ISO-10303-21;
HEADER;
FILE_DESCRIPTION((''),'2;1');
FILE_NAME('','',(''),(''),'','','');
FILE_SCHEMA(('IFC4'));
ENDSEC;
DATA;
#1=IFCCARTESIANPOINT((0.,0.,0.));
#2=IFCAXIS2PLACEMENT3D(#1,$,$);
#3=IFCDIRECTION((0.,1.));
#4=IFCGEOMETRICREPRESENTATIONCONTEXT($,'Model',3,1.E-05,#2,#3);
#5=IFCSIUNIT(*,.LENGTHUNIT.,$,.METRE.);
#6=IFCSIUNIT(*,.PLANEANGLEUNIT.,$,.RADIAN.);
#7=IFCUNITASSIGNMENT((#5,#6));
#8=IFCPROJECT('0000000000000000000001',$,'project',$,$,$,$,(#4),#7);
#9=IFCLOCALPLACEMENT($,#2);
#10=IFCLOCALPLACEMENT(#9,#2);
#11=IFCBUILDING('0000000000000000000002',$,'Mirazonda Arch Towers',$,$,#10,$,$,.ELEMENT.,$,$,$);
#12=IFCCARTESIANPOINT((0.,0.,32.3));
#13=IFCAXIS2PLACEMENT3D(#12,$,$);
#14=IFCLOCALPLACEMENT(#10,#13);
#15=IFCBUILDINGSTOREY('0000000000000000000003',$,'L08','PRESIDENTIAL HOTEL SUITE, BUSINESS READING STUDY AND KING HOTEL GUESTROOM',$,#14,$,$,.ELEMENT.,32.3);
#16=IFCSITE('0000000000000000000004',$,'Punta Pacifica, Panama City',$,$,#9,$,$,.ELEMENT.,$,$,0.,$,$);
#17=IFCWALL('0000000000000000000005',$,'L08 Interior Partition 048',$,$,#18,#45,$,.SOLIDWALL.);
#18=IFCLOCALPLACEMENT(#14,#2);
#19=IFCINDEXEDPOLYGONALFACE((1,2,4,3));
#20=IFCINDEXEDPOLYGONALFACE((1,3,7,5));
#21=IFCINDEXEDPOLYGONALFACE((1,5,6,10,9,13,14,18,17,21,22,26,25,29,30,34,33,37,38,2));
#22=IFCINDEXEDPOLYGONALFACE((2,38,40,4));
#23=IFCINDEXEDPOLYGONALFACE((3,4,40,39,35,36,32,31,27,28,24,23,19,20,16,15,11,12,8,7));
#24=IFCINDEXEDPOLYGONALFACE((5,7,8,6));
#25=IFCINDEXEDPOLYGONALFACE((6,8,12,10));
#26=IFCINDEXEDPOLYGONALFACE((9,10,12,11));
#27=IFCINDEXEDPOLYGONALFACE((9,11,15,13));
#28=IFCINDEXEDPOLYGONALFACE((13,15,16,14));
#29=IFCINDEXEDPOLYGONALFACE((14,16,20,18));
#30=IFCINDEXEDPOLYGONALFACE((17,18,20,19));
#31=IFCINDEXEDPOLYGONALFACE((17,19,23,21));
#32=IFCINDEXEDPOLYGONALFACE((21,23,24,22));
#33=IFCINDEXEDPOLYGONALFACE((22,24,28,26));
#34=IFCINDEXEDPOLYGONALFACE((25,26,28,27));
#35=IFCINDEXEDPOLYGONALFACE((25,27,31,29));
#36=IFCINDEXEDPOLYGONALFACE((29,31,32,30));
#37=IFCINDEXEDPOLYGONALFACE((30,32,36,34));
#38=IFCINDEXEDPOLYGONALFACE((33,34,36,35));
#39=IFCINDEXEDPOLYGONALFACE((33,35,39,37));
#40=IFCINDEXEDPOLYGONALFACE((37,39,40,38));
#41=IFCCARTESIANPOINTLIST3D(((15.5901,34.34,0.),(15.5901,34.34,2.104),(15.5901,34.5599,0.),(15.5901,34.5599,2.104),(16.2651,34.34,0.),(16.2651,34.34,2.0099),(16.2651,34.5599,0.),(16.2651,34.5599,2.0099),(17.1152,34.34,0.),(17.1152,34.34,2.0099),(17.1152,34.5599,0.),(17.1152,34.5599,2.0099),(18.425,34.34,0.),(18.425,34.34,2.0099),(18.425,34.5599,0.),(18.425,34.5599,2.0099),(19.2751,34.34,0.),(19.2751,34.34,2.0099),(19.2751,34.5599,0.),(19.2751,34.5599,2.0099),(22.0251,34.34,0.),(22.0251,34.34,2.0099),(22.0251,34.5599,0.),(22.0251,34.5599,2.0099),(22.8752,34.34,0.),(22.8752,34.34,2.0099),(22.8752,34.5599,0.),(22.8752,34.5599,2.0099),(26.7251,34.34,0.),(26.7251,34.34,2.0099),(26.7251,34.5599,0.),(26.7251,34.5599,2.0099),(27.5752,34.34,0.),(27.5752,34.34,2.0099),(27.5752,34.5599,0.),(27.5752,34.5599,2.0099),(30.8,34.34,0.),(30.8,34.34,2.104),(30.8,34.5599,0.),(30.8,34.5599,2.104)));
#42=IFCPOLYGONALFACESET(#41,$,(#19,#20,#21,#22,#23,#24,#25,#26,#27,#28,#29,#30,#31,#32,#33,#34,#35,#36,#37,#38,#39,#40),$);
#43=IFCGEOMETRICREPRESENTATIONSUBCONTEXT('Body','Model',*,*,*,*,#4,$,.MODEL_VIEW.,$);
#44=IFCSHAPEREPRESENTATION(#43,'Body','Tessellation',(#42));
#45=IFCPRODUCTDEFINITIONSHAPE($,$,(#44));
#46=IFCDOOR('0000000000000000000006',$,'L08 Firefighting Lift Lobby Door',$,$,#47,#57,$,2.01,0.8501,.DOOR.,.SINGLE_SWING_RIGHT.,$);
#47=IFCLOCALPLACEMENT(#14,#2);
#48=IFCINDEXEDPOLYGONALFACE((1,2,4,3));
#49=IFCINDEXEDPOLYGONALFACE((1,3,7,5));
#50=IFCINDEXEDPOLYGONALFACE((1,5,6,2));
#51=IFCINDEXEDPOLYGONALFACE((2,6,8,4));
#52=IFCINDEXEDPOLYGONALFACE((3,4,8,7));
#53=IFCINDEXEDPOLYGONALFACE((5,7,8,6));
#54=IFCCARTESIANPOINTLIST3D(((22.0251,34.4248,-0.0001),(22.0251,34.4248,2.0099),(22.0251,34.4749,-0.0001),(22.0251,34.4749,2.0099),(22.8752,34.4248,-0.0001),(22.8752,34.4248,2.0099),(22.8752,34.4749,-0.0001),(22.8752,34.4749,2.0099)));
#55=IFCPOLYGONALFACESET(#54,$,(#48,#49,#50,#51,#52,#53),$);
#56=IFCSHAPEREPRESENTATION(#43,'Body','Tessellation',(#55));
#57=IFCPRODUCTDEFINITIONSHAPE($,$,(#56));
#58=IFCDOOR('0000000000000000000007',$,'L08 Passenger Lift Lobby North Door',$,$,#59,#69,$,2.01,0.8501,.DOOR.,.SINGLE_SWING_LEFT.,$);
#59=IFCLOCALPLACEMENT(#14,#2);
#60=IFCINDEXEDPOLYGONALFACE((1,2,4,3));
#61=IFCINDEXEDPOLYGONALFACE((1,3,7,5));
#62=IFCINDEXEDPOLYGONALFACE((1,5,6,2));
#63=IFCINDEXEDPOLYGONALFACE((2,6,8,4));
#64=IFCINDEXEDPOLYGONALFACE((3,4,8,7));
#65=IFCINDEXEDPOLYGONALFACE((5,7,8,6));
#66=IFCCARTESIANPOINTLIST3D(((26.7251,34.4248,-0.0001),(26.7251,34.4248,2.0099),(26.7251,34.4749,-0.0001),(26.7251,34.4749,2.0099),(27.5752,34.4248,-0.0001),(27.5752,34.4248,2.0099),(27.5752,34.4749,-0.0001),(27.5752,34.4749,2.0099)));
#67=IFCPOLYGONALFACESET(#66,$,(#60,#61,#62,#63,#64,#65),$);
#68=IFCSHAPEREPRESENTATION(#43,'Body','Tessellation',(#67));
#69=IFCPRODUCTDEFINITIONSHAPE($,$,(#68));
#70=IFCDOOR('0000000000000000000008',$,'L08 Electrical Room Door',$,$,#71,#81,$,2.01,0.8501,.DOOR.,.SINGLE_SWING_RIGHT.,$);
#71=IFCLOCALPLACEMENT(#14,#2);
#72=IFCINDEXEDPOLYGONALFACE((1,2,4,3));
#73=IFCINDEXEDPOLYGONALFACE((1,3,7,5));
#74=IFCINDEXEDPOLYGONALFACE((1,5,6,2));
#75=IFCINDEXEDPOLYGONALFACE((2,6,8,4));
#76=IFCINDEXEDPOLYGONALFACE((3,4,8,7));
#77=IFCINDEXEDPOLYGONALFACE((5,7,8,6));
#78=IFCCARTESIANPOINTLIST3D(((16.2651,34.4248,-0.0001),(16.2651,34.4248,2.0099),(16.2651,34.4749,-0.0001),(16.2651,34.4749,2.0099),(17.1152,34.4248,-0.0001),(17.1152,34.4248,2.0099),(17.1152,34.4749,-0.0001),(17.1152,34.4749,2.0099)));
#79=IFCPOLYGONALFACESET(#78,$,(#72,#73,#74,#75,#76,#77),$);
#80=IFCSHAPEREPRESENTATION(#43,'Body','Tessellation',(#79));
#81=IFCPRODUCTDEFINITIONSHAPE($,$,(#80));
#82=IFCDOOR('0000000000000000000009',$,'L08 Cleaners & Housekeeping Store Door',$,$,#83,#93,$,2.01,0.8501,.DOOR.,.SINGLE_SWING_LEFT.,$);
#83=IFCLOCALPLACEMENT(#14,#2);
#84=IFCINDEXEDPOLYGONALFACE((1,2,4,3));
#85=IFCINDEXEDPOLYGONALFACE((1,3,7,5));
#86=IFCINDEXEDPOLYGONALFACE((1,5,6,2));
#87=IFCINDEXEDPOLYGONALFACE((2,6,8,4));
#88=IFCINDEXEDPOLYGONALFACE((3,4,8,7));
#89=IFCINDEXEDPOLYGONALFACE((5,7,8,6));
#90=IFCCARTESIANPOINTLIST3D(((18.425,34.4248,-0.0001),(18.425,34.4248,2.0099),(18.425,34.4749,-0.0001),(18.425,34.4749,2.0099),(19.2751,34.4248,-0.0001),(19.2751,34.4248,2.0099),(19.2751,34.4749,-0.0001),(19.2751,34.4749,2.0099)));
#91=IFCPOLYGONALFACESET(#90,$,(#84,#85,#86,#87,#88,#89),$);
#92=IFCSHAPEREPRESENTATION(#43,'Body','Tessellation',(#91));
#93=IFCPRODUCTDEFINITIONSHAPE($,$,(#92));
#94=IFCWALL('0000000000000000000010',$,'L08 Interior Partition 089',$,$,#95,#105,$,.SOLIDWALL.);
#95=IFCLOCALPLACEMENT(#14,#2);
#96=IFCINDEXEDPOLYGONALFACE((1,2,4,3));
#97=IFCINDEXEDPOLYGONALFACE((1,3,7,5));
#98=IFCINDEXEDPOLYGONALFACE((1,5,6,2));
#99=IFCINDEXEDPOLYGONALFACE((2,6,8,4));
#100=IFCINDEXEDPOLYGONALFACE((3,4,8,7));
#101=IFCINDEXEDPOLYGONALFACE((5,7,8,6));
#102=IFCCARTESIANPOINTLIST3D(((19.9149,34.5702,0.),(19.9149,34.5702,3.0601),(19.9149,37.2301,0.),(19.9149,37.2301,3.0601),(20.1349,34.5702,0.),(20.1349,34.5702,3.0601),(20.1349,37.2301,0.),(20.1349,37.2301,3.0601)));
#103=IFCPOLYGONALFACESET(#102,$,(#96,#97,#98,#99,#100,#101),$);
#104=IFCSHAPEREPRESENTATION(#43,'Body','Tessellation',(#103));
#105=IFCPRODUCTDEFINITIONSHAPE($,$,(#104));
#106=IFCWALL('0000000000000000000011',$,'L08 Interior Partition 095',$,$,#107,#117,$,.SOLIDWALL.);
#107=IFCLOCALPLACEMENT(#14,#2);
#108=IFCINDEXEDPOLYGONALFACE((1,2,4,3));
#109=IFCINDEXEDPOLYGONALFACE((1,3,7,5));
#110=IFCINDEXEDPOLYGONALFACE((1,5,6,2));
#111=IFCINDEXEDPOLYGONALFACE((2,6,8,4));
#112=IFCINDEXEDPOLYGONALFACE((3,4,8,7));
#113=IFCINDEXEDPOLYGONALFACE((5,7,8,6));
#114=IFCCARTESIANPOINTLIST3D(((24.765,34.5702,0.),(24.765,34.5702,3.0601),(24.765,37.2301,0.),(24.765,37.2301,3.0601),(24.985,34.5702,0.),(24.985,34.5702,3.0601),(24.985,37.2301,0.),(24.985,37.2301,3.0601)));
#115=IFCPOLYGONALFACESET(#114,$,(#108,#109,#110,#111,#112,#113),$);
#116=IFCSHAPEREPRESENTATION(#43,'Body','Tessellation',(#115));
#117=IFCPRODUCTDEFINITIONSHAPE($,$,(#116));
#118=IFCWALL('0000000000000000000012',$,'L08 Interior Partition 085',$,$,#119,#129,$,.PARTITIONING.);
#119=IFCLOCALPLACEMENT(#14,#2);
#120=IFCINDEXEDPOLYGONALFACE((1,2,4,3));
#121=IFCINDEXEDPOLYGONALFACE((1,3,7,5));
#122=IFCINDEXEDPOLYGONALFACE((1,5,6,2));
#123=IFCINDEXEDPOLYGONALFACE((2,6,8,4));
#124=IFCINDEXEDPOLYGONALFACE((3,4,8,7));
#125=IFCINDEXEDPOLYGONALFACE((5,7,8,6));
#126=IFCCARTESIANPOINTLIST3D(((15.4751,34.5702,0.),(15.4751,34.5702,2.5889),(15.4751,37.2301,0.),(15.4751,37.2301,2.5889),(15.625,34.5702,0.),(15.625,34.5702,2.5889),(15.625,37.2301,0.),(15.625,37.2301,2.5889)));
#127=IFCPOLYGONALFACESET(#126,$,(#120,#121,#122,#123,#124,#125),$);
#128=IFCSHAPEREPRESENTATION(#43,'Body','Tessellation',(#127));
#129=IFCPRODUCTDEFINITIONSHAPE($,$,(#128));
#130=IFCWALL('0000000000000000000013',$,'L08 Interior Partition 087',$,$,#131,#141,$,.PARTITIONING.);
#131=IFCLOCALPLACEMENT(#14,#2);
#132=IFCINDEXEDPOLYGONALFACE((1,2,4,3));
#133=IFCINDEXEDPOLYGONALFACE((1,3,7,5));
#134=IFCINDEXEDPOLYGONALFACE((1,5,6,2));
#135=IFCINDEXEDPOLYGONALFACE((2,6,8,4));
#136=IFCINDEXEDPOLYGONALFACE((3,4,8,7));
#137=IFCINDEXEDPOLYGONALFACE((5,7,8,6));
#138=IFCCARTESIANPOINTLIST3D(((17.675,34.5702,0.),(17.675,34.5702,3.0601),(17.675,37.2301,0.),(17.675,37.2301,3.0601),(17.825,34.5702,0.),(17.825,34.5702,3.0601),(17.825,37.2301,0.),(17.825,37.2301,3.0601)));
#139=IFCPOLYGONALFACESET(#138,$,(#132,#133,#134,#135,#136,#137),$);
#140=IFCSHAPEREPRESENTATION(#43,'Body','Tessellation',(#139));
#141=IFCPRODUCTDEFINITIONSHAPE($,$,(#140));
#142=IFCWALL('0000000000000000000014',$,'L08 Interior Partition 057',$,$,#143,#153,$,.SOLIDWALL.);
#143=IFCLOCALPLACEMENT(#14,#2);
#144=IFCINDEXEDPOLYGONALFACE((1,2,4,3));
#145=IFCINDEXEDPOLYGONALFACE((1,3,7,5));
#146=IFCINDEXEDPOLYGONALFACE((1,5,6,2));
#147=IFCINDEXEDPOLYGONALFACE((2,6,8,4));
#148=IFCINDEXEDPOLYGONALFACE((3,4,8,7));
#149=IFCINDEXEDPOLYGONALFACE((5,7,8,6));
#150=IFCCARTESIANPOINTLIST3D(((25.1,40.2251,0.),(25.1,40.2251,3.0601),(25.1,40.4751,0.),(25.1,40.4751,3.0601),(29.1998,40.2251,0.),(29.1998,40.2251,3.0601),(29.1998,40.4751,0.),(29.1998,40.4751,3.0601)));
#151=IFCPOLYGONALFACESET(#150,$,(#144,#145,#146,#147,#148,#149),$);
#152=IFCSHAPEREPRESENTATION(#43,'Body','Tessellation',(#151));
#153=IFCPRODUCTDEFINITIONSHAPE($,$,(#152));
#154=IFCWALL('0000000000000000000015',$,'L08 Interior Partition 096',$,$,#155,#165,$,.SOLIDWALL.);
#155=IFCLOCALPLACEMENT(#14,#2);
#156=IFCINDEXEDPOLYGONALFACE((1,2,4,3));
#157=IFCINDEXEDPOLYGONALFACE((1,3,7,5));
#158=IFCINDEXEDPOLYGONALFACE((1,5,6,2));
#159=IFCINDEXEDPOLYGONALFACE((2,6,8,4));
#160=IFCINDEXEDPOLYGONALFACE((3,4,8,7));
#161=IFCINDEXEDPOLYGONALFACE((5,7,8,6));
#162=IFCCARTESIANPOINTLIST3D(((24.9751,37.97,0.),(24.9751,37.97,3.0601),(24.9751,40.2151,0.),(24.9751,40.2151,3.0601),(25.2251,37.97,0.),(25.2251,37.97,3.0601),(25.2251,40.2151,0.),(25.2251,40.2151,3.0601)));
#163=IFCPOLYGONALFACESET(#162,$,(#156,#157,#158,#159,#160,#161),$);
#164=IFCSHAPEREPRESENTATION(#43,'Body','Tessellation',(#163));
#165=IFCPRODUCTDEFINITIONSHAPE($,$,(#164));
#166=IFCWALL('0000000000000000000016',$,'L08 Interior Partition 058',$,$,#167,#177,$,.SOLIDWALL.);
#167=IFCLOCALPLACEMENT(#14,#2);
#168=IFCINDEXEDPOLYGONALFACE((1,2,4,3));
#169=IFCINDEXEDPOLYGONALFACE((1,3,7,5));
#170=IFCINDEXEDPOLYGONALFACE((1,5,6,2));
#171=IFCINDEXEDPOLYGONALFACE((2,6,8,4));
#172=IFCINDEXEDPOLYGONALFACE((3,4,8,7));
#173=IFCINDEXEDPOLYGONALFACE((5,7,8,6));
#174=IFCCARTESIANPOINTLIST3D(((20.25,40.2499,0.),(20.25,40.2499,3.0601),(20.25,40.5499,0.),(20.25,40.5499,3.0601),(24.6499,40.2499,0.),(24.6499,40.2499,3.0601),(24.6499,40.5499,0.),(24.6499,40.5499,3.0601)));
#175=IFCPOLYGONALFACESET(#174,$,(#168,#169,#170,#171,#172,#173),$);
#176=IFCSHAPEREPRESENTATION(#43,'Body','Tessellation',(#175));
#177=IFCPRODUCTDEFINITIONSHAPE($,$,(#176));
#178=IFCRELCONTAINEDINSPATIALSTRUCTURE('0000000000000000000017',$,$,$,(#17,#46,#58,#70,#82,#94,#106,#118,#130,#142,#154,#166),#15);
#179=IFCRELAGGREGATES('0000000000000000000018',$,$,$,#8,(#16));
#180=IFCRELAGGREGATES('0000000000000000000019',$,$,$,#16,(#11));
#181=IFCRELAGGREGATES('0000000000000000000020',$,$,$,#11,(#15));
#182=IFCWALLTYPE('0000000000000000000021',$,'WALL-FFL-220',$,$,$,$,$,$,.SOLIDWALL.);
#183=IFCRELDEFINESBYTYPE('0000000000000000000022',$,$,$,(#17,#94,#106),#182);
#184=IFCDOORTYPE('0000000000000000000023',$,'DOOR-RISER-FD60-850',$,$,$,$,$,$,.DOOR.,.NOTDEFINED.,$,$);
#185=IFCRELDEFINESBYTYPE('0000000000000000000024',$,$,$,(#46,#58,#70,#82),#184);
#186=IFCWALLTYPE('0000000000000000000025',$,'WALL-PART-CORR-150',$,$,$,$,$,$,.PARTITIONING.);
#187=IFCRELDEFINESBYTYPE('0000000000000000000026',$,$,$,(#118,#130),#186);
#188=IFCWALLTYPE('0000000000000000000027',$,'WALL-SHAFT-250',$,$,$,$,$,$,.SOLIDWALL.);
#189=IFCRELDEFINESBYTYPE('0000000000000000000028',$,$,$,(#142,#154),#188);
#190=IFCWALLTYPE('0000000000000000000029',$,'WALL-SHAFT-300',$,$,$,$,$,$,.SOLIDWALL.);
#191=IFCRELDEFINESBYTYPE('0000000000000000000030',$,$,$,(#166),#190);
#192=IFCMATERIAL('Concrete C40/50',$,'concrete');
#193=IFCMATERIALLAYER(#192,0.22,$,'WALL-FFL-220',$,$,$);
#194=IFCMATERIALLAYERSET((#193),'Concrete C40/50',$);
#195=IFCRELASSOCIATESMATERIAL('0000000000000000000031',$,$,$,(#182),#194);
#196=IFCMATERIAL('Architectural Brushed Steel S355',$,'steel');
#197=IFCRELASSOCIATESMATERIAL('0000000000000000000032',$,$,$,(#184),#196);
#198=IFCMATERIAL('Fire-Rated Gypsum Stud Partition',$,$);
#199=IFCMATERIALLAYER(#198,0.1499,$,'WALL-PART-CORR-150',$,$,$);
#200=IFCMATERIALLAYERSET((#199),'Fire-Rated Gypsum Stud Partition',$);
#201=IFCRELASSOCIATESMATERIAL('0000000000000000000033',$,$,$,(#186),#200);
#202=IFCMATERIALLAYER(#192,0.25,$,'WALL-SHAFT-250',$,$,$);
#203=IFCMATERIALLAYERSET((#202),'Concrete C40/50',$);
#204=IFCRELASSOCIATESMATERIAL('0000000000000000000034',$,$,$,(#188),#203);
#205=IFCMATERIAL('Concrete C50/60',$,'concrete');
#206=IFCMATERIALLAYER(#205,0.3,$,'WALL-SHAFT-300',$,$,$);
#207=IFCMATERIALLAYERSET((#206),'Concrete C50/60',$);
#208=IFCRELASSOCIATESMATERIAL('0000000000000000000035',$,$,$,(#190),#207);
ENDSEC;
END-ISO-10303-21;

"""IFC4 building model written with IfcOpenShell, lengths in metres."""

from ifc_helpers import new_model, si_unit, direction, frame, frame_2d, origin, place, context, subcontext, project, spatial, rectangle, extrude, material, layer, layer_set, type_object, element, fill, save


model = new_model("IFC4")

# Units and contexts
model_context = context("Model", 3, precision=1e-05, world=origin(), true_north=direction((0.0, 1.0)))
body_context = subcontext(model_context, "Body", "Model", "MODEL_VIEW")
ifc_project = project(units=[si_unit("LENGTHUNIT", "METRE"), si_unit("PLANEANGLEUNIT", "RADIAN")], contexts=[model_context])

# Site, building, storey
site_placement = place(None, origin())
site = spatial("IfcSite", under=ifc_project, at=site_placement, Name="Punta Pacifica, Panama City", CompositionType="ELEMENT", RefElevation=0.0)
building_placement = place(site_placement, origin())
building = spatial("IfcBuilding", under=site, at=building_placement, Name="Mirazonda Arch Towers", CompositionType="ELEMENT")
storey_placement = place(building_placement, frame((0.0, 0.0, 32.3)))
storey = spatial("IfcBuildingStorey", under=building, at=storey_placement, Name="L08", Description="PRESIDENTIAL HOTEL SUITE, BUSINESS READING STUDY AND KING HOTEL GUESTROOM", CompositionType="ELEMENT", Elevation=32.3)

# Wall, openings, doors
ifc_material_1 = material(Name="Concrete C40/50", Category="concrete")
ifc_layer_1 = layer(ifc_material_1, 0.22, Name="WALL-FFL-220")
ifc_layer_set_1 = layer_set([ifc_layer_1], Name="Concrete C40/50")
wall_type_1 = type_object("IfcWallType", Name="WALL-FFL-220", PredefinedType="SOLIDWALL", material=ifc_layer_set_1)
wall_1_placement = place(storey_placement, frame((15.5901, 34.45, 0.0), z_axis=(0.0, 0.0, 1.0), x_axis=(1.0, 0.0, 0.0)))
wall_1 = element("IfcWall", 1, at=wall_1_placement, inside=storey, type_object=wall_type_1, Name="L08 Interior Partition 048", PredefinedType="SOLIDWALL", context=body_context, shape_type="SweptSolid", body=[
    extrude(rectangle(XDim=15.21, YDim=0.22, at=frame_2d((7.605, 0.0))), origin(), (0.0, 0.0, 1.0), 2.104),
])
opening_1_placement = place(wall_1_placement, frame((6.4351, 0.0, 0.0)))
opening_1 = element("IfcOpeningElement", 2, at=opening_1_placement, cuts=wall_1, PredefinedType="OPENING", context=body_context, shape_type="SweptSolid", body=[
    extrude(rectangle(XDim=0.8501, YDim=2.01, at=frame_2d((0.425, 1.0049))), frame((0.0, 0.1199, 0.0), z_axis=(0.0, -1.0, 0.0), x_axis=(1.0, 0.0, 0.0)), (0.0, 0.0, 1.0), 0.24),
])
opening_2_placement = place(wall_1_placement, frame((11.135, 0.0, 0.0)))
opening_2 = element("IfcOpeningElement", 3, at=opening_2_placement, cuts=wall_1, PredefinedType="OPENING", context=body_context, shape_type="SweptSolid", body=[
    extrude(rectangle(XDim=0.8501, YDim=2.01, at=frame_2d((0.425, 1.0049))), frame((0.0, 0.1199, 0.0), z_axis=(0.0, -1.0, 0.0), x_axis=(1.0, 0.0, 0.0)), (0.0, 0.0, 1.0), 0.24),
])
opening_3_placement = place(wall_1_placement, frame((0.675, 0.0, 0.0)))
opening_3 = element("IfcOpeningElement", 4, at=opening_3_placement, cuts=wall_1, PredefinedType="OPENING", context=body_context, shape_type="SweptSolid", body=[
    extrude(rectangle(XDim=0.8501, YDim=2.01, at=frame_2d((0.425, 1.0049))), frame((0.0, 0.1199, 0.0), z_axis=(0.0, -1.0, 0.0), x_axis=(1.0, 0.0, 0.0)), (0.0, 0.0, 1.0), 0.24),
])
opening_4_placement = place(wall_1_placement, frame((2.835, 0.0, 0.0)))
opening_4 = element("IfcOpeningElement", 5, at=opening_4_placement, cuts=wall_1, PredefinedType="OPENING", context=body_context, shape_type="SweptSolid", body=[
    extrude(rectangle(XDim=0.8501, YDim=2.01, at=frame_2d((0.425, 1.0049))), frame((0.0, 0.1199, 0.0), z_axis=(0.0, -1.0, 0.0), x_axis=(1.0, 0.0, 0.0)), (0.0, 0.0, 1.0), 0.24),
])
ifc_material_2 = material(Name="Architectural Brushed Steel S355", Category="steel")
door_type = type_object("IfcDoorType", Name="DOOR-RISER-FD60-850", OperationType="NOTDEFINED", PredefinedType="DOOR", material=ifc_material_2)
door_1_placement = place(opening_1_placement, origin())
door_1 = element("IfcDoor", 6, at=door_1_placement, inside=storey, type_object=door_type, Name="L08 Firefighting Lift Lobby Door", OperationType="SINGLE_SWING_RIGHT", OverallHeight=2.01, OverallWidth=0.8501, PredefinedType="DOOR", context=body_context, shape_type="SweptSolid", body=[
    extrude(rectangle(XDim=0.8501, YDim=2.01, at=frame_2d((0.425, 1.0049))), frame((0.0, 0.0249, 0.0), z_axis=(0.0, -1.0, 0.0), x_axis=(1.0, 0.0, 0.0)), (0.0, 0.0, 1.0), 0.05),
])
fill(opening_1, door_1)
door_2_placement = place(opening_2_placement, origin())
door_2 = element("IfcDoor", 7, at=door_2_placement, inside=storey, type_object=door_type, Name="L08 Passenger Lift Lobby North Door", OperationType="SINGLE_SWING_LEFT", OverallHeight=2.01, OverallWidth=0.8501, PredefinedType="DOOR", context=body_context, shape_type="SweptSolid", body=[
    extrude(rectangle(XDim=0.8501, YDim=2.01, at=frame_2d((0.425, 1.0049))), frame((0.0, 0.0249, 0.0), z_axis=(0.0, -1.0, 0.0), x_axis=(1.0, 0.0, 0.0)), (0.0, 0.0, 1.0), 0.05),
])
fill(opening_2, door_2)
door_3_placement = place(opening_3_placement, origin())
door_3 = element("IfcDoor", 8, at=door_3_placement, inside=storey, type_object=door_type, Name="L08 Electrical Room Door", OperationType="SINGLE_SWING_RIGHT", OverallHeight=2.01, OverallWidth=0.8501, PredefinedType="DOOR", context=body_context, shape_type="SweptSolid", body=[
    extrude(rectangle(XDim=0.8501, YDim=2.01, at=frame_2d((0.425, 1.0049))), frame((0.0, 0.0249, 0.0), z_axis=(0.0, -1.0, 0.0), x_axis=(1.0, 0.0, 0.0)), (0.0, 0.0, 1.0), 0.05),
])
fill(opening_3, door_3)
door_4_placement = place(opening_4_placement, origin())
door_4 = element("IfcDoor", 9, at=door_4_placement, inside=storey, type_object=door_type, Name="L08 Cleaners & Housekeeping Store Door", OperationType="SINGLE_SWING_LEFT", OverallHeight=2.01, OverallWidth=0.8501, PredefinedType="DOOR", context=body_context, shape_type="SweptSolid", body=[
    extrude(rectangle(XDim=0.8501, YDim=2.01, at=frame_2d((0.425, 1.0049))), frame((0.0, 0.0249, 0.0), z_axis=(0.0, -1.0, 0.0), x_axis=(1.0, 0.0, 0.0)), (0.0, 0.0, 1.0), 0.05),
])
fill(opening_4, door_4)

# Walls
for number, where, z_axis, x_axis, name in (
    (10, (20.0249, 34.5701, 0.0), (0.0, 0.0, 1.0), (0.0, 1.0, 0.0), "L08 Interior Partition 089"),
    (11, (24.875, 34.5701, 0.0), (0.0, 0.0, 1.0), (0.0, 1.0, 0.0), "L08 Interior Partition 095"),
):
    element("IfcWall", number, at=place(storey_placement, frame(where, z_axis=z_axis, x_axis=x_axis)), inside=storey, type_object=wall_type_1, Name=name, PredefinedType="SOLIDWALL", context=body_context, shape_type="SweptSolid", body=[
        extrude(rectangle(XDim=2.6599, YDim=0.22, at=frame_2d((1.3301, 0.0))), origin(), (0.0, 0.0, 1.0), 3.0601),
    ])
ifc_material_3 = material(Name="Fire-Rated Gypsum Stud Partition")
ifc_layer_2 = layer(ifc_material_3, 0.1499, Name="WALL-PART-CORR-150")
ifc_layer_set_2 = layer_set([ifc_layer_2], Name="Fire-Rated Gypsum Stud Partition")
wall_type_2 = type_object("IfcWallType", Name="WALL-PART-CORR-150", PredefinedType="PARTITIONING", material=ifc_layer_set_2)
wall_2_placement = place(storey_placement, frame((15.55, 34.5701, 0.0), z_axis=(0.0, 0.0, 1.0), x_axis=(0.0, 1.0, 0.0)))
element("IfcWall", 12, at=wall_2_placement, inside=storey, type_object=wall_type_2, Name="L08 Interior Partition 085", PredefinedType="PARTITIONING", context=body_context, shape_type="SweptSolid", body=[
    extrude(rectangle(XDim=2.6599, YDim=0.1499, at=frame_2d((1.3301, 0.0))), origin(), (0.0, 0.0, 1.0), 2.5889),
])
wall_3_placement = place(storey_placement, frame((17.75, 34.5701, 0.0), z_axis=(0.0, 0.0, 1.0), x_axis=(0.0, 1.0, 0.0)))
element("IfcWall", 13, at=wall_3_placement, inside=storey, type_object=wall_type_2, Name="L08 Interior Partition 087", PredefinedType="PARTITIONING", context=body_context, shape_type="SweptSolid", body=[
    extrude(rectangle(XDim=2.6599, YDim=0.1499, at=frame_2d((1.3301, 0.0))), origin(), (0.0, 0.0, 1.0), 3.0601),
])
ifc_layer_3 = layer(ifc_material_1, 0.25, Name="WALL-SHAFT-250")
ifc_layer_set_3 = layer_set([ifc_layer_3], Name="Concrete C40/50")
wall_type_3 = type_object("IfcWallType", Name="WALL-SHAFT-250", PredefinedType="SOLIDWALL", material=ifc_layer_set_3)
wall_4_placement = place(storey_placement, frame((25.1001, 40.3501, 0.0), z_axis=(0.0, 0.0, 1.0), x_axis=(1.0, 0.0, 0.0)))
element("IfcWall", 14, at=wall_4_placement, inside=storey, type_object=wall_type_3, Name="L08 Interior Partition 057", PredefinedType="SOLIDWALL", context=body_context, shape_type="SweptSolid", body=[
    extrude(rectangle(XDim=4.0999, YDim=0.25, at=frame_2d((2.0498, 0.0))), origin(), (0.0, 0.0, 1.0), 3.0601),
])
wall_5_placement = place(storey_placement, frame((25.1001, 37.97, 0.0), z_axis=(0.0, 0.0, 1.0), x_axis=(0.0, 1.0, 0.0)))
element("IfcWall", 15, at=wall_5_placement, inside=storey, type_object=wall_type_3, Name="L08 Interior Partition 096", PredefinedType="SOLIDWALL", context=body_context, shape_type="SweptSolid", body=[
    extrude(rectangle(XDim=2.2451, YDim=0.25, at=frame_2d((1.1226, 0.0))), origin(), (0.0, 0.0, 1.0), 3.0601),
])
ifc_material_4 = material(Name="Concrete C50/60", Category="concrete")
ifc_layer_4 = layer(ifc_material_4, 0.3, Name="WALL-SHAFT-300")
ifc_layer_set_4 = layer_set([ifc_layer_4], Name="Concrete C50/60")
wall_type_4 = type_object("IfcWallType", Name="WALL-SHAFT-300", PredefinedType="SOLIDWALL", material=ifc_layer_set_4)
wall_6_placement = place(storey_placement, frame((20.25, 40.3999, 0.0), z_axis=(0.0, 0.0, 1.0), x_axis=(1.0, 0.0, 0.0)))
element("IfcWall", 16, at=wall_6_placement, inside=storey, type_object=wall_type_4, Name="L08 Interior Partition 058", PredefinedType="SOLIDWALL", context=body_context, shape_type="SweptSolid", body=[
    extrude(rectangle(XDim=4.3999, YDim=0.3, at=frame_2d((2.2, 0.0))), origin(), (0.0, 0.0, 1.0), 3.0601),
])

save(model, "model.ifc")
